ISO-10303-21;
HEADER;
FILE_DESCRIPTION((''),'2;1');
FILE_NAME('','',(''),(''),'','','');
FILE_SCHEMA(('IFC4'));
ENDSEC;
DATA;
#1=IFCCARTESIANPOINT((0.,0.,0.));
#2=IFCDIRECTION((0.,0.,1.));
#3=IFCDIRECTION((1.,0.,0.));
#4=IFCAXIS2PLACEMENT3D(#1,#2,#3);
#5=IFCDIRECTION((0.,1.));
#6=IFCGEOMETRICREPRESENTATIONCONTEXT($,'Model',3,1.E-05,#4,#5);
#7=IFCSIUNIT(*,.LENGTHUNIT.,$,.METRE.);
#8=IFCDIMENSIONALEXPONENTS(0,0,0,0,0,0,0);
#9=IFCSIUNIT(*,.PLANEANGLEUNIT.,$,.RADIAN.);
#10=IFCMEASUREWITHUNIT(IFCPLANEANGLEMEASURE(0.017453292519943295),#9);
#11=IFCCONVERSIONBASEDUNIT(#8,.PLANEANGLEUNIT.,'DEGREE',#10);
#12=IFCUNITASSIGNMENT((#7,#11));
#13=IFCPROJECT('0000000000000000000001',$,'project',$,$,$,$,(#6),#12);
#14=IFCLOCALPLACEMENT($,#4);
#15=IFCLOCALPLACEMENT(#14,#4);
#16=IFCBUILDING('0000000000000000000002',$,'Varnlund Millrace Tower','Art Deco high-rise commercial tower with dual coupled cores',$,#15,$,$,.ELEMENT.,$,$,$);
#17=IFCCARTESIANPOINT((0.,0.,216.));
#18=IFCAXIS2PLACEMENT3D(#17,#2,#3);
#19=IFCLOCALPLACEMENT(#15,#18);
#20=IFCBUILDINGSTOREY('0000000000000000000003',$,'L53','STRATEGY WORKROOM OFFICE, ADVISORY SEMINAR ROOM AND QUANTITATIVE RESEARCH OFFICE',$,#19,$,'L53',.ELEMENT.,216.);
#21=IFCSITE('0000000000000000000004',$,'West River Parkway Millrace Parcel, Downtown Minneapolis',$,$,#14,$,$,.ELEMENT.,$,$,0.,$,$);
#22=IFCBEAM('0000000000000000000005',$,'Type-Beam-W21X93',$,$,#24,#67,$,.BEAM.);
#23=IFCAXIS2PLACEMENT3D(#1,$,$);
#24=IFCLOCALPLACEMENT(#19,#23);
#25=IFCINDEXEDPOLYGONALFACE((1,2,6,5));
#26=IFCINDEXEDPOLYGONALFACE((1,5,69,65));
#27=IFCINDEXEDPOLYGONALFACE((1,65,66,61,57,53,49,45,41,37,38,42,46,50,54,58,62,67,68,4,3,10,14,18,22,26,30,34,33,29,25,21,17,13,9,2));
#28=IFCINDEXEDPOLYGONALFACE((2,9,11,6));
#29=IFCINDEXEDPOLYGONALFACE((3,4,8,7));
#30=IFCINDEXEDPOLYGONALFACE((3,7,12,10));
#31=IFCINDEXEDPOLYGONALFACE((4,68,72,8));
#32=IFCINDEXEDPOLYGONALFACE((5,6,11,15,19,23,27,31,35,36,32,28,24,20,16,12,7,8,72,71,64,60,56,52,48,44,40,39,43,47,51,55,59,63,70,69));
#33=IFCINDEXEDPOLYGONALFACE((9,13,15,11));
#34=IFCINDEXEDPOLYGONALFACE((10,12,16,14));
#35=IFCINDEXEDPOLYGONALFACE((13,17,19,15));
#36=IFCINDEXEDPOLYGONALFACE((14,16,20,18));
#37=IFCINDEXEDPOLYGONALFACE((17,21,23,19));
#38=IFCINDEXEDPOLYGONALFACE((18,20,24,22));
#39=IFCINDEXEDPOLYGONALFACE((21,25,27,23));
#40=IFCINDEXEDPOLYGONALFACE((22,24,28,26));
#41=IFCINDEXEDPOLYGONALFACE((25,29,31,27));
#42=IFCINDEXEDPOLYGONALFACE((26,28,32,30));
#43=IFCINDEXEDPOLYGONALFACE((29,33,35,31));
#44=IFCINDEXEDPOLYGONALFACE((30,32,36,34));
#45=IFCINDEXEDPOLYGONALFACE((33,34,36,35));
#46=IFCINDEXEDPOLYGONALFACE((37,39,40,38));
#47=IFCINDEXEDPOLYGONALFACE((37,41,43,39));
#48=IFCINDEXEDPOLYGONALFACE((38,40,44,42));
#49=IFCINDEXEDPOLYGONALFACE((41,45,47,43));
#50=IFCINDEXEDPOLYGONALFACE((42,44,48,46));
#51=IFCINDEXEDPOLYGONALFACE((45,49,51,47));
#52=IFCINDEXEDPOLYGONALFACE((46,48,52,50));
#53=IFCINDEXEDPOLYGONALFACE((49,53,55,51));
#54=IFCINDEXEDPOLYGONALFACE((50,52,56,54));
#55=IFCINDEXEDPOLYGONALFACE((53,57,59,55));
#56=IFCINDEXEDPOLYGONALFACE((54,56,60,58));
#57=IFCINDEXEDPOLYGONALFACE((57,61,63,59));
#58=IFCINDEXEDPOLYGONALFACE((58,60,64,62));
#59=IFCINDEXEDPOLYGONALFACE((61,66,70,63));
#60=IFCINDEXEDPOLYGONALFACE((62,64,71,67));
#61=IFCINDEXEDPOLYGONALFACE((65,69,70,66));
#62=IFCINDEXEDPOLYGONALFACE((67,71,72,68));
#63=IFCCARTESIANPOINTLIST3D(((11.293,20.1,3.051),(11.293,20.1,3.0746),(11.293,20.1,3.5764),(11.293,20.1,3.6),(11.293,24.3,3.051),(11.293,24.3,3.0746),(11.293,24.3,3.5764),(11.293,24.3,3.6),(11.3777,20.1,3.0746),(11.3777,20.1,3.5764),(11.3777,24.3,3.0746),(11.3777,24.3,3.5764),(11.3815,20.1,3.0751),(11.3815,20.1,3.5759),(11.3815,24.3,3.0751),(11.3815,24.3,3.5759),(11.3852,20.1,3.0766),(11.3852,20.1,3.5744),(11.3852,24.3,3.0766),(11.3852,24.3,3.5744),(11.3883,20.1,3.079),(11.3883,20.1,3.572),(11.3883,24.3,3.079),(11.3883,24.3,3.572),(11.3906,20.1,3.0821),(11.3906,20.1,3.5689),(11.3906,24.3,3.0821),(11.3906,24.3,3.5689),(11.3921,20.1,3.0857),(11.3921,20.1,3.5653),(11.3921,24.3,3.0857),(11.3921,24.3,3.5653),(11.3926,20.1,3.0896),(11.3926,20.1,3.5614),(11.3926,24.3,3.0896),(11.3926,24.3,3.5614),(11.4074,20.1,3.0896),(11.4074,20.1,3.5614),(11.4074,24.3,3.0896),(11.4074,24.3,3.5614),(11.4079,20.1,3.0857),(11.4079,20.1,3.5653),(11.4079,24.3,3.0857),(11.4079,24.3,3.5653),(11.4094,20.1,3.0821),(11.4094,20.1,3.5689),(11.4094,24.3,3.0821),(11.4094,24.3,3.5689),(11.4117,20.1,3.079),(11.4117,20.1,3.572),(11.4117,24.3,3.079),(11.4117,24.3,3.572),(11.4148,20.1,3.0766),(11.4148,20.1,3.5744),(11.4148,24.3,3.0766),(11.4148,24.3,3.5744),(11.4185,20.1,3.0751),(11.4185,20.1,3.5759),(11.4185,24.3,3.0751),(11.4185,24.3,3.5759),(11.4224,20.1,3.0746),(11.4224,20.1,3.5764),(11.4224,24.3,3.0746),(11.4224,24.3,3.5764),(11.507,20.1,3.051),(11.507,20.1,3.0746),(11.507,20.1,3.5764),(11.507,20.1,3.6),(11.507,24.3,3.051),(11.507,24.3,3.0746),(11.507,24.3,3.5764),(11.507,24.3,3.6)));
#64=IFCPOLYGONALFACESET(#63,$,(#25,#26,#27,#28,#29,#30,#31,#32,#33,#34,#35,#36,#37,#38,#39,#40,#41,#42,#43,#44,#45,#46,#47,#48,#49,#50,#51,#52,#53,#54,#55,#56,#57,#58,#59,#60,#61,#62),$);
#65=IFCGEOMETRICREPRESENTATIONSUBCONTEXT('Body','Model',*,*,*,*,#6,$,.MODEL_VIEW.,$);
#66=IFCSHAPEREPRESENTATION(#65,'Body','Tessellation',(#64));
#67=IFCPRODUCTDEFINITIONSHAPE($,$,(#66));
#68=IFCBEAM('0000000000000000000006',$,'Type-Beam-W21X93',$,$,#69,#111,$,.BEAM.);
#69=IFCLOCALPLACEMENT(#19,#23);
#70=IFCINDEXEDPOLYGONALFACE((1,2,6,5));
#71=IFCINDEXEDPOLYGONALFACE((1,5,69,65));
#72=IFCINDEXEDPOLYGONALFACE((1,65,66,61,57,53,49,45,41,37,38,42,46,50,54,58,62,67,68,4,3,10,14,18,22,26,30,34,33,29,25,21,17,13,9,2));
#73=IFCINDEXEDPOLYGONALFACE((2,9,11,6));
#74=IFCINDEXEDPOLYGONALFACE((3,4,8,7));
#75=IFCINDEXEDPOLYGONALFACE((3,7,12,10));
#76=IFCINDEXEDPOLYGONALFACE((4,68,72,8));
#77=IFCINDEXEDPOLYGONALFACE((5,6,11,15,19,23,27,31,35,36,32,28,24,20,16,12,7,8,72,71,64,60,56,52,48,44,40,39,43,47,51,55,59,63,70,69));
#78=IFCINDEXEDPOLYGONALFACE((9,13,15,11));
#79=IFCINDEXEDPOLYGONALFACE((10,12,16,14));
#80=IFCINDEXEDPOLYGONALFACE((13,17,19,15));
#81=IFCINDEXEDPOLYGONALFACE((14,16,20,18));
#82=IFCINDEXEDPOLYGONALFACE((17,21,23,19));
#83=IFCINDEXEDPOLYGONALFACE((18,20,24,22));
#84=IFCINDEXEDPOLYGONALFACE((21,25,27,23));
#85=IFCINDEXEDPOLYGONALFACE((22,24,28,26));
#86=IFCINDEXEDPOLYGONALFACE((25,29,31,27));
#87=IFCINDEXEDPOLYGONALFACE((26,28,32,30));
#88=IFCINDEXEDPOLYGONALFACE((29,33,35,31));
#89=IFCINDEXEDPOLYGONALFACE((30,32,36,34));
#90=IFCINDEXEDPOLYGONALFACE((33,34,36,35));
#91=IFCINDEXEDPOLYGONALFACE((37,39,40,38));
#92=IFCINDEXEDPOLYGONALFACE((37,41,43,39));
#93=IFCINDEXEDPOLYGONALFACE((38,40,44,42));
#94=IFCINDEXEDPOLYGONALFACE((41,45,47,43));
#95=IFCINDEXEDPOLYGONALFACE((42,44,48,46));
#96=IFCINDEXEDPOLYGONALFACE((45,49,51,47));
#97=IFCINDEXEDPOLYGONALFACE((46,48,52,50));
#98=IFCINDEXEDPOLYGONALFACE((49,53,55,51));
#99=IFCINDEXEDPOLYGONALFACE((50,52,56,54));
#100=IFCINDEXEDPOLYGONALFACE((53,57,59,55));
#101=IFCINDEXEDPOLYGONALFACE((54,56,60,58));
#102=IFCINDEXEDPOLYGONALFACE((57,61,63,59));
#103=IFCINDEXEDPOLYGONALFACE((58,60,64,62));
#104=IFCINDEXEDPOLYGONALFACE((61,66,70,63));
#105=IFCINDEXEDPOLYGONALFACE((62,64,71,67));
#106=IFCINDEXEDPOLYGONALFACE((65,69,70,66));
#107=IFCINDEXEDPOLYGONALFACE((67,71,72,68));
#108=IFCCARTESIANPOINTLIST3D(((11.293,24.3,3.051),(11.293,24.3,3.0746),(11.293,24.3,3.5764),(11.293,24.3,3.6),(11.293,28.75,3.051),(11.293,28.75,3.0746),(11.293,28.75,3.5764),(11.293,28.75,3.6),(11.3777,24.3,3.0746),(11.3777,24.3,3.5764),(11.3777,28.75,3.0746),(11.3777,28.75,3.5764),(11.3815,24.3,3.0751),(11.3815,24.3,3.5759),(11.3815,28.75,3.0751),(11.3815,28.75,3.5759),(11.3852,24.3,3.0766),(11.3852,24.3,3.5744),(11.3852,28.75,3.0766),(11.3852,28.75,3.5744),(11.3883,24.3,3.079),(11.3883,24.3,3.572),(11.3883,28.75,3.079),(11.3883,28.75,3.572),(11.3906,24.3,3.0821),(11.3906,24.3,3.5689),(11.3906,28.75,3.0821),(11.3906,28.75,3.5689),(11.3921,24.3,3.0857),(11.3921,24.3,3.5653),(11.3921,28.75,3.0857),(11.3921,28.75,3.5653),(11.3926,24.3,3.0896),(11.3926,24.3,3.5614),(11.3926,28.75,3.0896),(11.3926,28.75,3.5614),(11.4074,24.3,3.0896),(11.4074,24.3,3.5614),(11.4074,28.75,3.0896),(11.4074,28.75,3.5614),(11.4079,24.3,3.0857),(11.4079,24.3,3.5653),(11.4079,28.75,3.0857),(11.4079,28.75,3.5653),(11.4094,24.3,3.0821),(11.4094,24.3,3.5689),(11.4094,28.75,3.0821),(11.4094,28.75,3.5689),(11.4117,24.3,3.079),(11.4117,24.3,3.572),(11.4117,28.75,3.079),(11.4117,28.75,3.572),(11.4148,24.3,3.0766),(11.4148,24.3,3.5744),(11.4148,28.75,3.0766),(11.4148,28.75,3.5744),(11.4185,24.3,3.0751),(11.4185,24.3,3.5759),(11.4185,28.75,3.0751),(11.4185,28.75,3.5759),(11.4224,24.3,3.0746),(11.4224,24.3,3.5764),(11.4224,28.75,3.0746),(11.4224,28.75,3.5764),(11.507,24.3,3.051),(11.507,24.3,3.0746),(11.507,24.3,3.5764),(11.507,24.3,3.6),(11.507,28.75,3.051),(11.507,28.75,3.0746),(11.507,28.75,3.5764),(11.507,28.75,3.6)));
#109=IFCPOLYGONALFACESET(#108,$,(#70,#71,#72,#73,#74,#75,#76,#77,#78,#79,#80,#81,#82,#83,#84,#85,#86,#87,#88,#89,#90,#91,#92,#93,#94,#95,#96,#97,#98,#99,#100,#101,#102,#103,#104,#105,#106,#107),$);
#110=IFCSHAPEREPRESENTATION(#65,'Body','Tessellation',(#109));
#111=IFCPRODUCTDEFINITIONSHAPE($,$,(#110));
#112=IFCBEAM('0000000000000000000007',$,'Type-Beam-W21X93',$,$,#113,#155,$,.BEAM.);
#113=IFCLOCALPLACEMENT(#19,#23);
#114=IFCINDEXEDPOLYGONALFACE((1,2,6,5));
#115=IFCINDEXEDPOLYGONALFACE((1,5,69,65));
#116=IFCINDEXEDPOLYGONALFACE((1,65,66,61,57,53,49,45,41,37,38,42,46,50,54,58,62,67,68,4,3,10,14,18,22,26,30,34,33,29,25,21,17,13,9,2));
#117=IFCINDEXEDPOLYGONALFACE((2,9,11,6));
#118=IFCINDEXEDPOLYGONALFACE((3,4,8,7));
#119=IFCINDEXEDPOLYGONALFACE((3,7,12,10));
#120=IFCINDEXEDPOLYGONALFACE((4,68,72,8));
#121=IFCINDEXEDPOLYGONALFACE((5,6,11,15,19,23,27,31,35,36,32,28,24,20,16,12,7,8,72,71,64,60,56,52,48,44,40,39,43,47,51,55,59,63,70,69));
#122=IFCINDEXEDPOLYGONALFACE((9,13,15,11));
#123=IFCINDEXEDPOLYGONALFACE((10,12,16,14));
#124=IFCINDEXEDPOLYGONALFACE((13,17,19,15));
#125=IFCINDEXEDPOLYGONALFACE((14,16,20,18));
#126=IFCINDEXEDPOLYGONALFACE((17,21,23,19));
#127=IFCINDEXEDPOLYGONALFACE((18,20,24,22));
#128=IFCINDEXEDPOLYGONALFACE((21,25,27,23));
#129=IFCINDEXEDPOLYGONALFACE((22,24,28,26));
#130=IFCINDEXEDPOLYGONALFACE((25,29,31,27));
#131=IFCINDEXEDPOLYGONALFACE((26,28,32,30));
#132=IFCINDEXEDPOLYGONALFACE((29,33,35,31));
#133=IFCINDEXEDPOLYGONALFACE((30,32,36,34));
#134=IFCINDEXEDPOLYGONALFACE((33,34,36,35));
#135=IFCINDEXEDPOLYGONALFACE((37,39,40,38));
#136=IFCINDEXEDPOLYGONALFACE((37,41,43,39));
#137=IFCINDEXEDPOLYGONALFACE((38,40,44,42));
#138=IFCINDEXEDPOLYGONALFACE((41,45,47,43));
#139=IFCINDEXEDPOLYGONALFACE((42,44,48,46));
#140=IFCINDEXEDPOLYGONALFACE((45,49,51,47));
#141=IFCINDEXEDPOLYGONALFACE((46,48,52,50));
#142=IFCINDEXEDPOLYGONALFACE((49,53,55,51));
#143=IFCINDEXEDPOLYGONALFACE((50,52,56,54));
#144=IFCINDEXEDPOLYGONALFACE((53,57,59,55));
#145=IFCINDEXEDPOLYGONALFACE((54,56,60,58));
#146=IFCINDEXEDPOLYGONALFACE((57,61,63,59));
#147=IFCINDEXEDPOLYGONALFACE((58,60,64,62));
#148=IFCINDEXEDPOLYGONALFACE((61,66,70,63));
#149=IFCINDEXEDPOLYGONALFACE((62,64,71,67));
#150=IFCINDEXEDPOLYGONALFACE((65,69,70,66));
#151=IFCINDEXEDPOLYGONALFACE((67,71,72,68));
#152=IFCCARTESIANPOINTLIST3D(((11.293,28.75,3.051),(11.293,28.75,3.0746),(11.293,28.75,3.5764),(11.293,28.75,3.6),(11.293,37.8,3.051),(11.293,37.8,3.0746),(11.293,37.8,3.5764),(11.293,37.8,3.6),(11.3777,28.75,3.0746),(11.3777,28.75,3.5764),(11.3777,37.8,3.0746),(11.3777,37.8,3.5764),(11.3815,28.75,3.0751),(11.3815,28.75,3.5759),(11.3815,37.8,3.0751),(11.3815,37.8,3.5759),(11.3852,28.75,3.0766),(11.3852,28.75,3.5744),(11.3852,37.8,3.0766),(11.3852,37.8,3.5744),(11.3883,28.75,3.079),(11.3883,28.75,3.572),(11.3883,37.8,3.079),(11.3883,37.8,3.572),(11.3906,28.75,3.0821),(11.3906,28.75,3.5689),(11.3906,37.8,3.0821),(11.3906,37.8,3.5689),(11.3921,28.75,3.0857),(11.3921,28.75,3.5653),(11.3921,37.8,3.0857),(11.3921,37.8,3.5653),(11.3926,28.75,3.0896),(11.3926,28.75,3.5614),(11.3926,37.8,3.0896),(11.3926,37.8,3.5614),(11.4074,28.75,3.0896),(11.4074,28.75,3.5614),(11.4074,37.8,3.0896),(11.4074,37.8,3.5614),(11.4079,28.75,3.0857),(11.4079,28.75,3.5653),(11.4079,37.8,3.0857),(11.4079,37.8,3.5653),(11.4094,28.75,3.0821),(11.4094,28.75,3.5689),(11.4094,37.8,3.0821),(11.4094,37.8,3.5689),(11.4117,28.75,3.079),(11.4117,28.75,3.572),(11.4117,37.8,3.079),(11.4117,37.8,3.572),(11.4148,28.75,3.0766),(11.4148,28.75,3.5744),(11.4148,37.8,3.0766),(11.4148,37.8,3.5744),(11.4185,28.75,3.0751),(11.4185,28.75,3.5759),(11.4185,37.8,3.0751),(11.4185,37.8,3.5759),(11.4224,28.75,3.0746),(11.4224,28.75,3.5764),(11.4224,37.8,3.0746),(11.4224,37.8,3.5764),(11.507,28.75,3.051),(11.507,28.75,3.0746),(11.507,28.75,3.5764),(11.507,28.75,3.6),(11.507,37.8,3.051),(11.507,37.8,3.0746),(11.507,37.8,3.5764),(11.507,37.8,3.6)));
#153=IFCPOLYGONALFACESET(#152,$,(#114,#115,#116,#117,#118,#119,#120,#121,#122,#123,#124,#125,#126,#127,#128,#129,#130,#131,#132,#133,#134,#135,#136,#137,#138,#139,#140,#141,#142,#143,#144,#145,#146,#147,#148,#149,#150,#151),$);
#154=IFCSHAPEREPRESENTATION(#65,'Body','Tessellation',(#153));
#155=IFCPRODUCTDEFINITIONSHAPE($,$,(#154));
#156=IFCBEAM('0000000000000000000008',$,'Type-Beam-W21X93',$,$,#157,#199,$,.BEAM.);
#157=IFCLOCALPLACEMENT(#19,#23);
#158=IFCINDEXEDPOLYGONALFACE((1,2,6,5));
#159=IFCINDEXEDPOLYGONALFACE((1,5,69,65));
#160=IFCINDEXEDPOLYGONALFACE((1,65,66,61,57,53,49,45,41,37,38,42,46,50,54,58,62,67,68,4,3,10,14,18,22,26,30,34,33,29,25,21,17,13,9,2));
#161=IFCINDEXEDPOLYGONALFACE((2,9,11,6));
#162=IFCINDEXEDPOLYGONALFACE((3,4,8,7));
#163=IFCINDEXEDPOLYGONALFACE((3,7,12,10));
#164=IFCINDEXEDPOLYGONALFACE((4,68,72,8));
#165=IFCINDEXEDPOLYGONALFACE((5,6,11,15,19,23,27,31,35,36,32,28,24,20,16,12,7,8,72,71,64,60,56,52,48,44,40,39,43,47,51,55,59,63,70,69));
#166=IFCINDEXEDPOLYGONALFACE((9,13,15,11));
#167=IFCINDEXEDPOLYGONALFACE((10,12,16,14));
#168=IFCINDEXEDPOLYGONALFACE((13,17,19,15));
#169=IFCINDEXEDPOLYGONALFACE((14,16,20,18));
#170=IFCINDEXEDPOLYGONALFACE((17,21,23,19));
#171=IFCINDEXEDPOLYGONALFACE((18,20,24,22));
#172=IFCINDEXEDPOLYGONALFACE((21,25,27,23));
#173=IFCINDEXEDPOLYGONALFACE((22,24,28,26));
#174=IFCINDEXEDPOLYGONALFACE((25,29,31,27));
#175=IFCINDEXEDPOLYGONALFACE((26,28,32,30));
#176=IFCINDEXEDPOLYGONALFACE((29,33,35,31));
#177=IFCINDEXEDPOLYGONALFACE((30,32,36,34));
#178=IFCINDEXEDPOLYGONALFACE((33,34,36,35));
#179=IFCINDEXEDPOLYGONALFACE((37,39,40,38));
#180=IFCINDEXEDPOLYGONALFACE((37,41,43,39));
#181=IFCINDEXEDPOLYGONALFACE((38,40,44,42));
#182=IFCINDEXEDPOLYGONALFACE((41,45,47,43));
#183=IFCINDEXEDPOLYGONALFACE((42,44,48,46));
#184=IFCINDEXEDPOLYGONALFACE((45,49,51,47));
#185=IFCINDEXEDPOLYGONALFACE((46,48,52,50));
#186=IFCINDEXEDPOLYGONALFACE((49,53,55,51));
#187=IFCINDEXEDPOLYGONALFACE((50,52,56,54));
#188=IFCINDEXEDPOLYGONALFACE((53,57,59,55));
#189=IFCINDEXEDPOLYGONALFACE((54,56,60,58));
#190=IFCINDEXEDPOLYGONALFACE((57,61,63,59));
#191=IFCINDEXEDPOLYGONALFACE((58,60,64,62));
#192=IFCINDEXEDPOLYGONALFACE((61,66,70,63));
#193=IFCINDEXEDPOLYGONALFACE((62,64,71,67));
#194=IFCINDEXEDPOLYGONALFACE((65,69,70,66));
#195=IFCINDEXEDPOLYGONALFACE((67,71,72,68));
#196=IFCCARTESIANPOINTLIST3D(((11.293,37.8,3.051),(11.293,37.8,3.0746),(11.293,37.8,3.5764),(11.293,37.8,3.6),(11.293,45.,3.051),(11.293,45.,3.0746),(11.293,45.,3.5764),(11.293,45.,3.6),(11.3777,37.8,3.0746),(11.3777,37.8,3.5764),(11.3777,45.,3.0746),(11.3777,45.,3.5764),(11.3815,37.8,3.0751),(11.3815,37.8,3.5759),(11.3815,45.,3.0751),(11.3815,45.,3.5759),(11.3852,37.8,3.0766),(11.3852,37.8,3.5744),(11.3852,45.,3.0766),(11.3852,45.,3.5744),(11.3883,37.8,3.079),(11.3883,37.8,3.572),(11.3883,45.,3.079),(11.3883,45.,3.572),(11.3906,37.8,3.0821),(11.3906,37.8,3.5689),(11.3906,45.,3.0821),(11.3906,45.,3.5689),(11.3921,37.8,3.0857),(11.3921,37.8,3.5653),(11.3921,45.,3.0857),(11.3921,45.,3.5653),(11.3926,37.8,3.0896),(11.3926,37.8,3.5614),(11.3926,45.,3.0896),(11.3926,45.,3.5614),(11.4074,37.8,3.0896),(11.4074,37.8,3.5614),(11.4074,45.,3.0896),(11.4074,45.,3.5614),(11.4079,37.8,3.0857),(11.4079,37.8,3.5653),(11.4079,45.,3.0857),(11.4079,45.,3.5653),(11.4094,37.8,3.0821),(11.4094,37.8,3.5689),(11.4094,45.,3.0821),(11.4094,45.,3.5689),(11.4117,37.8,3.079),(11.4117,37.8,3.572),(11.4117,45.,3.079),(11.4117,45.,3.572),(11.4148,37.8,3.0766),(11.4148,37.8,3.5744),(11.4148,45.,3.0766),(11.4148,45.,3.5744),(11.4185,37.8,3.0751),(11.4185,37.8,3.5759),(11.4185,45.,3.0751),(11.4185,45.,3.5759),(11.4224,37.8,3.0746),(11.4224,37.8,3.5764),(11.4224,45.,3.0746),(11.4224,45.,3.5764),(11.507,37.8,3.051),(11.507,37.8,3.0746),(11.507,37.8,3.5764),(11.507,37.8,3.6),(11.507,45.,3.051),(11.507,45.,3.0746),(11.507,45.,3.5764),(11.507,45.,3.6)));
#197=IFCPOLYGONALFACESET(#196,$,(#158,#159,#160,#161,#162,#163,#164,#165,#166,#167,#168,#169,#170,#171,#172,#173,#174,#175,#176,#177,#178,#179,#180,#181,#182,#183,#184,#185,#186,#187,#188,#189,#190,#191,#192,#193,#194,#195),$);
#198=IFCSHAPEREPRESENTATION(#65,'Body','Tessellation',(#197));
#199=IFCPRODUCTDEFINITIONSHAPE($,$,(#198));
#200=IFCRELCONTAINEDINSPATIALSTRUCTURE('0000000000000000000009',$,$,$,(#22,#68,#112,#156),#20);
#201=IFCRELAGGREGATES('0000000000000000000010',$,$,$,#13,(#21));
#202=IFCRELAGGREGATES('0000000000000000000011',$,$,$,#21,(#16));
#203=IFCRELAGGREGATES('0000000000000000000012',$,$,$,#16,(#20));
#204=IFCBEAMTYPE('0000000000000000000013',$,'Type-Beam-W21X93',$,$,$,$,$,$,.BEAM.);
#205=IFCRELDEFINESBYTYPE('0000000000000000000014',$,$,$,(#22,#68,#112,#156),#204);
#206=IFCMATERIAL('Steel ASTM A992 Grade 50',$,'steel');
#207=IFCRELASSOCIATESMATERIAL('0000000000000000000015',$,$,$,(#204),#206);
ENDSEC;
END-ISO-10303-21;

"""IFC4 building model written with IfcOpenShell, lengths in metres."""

from ifc_helpers import new_model, entity, si_unit, converted_unit, direction, frame, origin_with_axes, origin_2d_with_axis, place, context, subcontext, project, spatial, i_section, extrude, material, material_profile, profile_set, type_object, element, save


model = new_model("IFC4")

# Units and contexts
model_context = context("Model", 3, precision=1e-05, world=origin_with_axes(), true_north=direction((0.0, 1.0)))
body_context = subcontext(model_context, "Body", "Model", "MODEL_VIEW")
ifc_project = project(units=[si_unit("LENGTHUNIT", "METRE"), converted_unit("PLANEANGLEUNIT", "DEGREE", entity("IfcPlaneAngleMeasure", 0.017453292519943295), si_unit("PLANEANGLEUNIT", "RADIAN"), dimensions=[0, 0, 0, 0, 0, 0, 0])], contexts=[model_context])

# Site, building, storey
site_placement = place(None, origin_with_axes())
site = spatial("IfcSite", under=ifc_project, at=site_placement, Name="West River Parkway Millrace Parcel, Downtown Minneapolis", CompositionType="ELEMENT", RefElevation=0.0)
building_placement = place(site_placement, origin_with_axes())
building = spatial("IfcBuilding", under=site, at=building_placement, Name="Varnlund Millrace Tower", Description="Art Deco high-rise commercial tower with dual coupled cores", CompositionType="ELEMENT")
storey_placement = place(building_placement, frame((0.0, 0.0, 216.0), z_axis=(0.0, 0.0, 1.0), x_axis=(1.0, 0.0, 0.0)))
storey = spatial("IfcBuildingStorey", under=building, at=storey_placement, Name="L53", Description="STRATEGY WORKROOM OFFICE, ADVISORY SEMINAR ROOM AND QUANTITATIVE RESEARCH OFFICE", LongName="L53", CompositionType="ELEMENT", Elevation=216.0)

# Beams
ifc_material_1 = material(Name="Steel ASTM A992 Grade 50", Category="steel")
ifc_material_profile_1 = material_profile(ifc_material_1, i_section(OverallWidth=0.214, OverallDepth=0.549, WebThickness=0.0147, FlangeThickness=0.0236, FilletRadius=0.015, at=origin_2d_with_axis()), Name="Steel ASTM A992 Grade 50")
ifc_profile_set_1 = profile_set([ifc_material_profile_1], Name="Steel ASTM A992 Grade 50")
beam_type_1 = type_object("IfcBeamType", Name="Type-Beam-W21X93", PredefinedType="BEAM", material=ifc_profile_set_1)
beam_1_placement = place(storey_placement, frame((11.4, 20.1, 3.3255), z_axis=(0.0, 1.0, 0.0), x_axis=(-1.0, 0.0, 0.0)))
element("IfcBeam", 1, at=beam_1_placement, inside=storey, type_object=beam_type_1, Name="Type-Beam-W21X93", PredefinedType="BEAM", context=body_context, shape_type="SweptSolid", body=[
    extrude(i_section(OverallWidth=0.214, OverallDepth=0.549, WebThickness=0.0147, FlangeThickness=0.0236, FilletRadius=0.015, at=origin_2d_with_axis()), origin_with_axes(), (0.0, 0.0, 1.0), 4.2),
])
beam_2_placement = place(storey_placement, frame((11.4, 24.3, 3.3255), z_axis=(0.0, 1.0, 0.0), x_axis=(-1.0, 0.0, 0.0)))
element("IfcBeam", 2, at=beam_2_placement, inside=storey, type_object=beam_type_1, Name="Type-Beam-W21X93", PredefinedType="BEAM", context=body_context, shape_type="SweptSolid", body=[
    extrude(i_section(OverallWidth=0.214, OverallDepth=0.549, WebThickness=0.0147, FlangeThickness=0.0236, FilletRadius=0.015, at=origin_2d_with_axis()), origin_with_axes(), (0.0, 0.0, 1.0), 4.45),
])
beam_3_placement = place(storey_placement, frame((11.4, 28.75, 3.3255), z_axis=(0.0, 1.0, 0.0), x_axis=(-1.0, 0.0, 0.0)))
element("IfcBeam", 3, at=beam_3_placement, inside=storey, type_object=beam_type_1, Name="Type-Beam-W21X93", PredefinedType="BEAM", context=body_context, shape_type="SweptSolid", body=[
    extrude(i_section(OverallWidth=0.214, OverallDepth=0.549, WebThickness=0.0147, FlangeThickness=0.0236, FilletRadius=0.015, at=origin_2d_with_axis()), origin_with_axes(), (0.0, 0.0, 1.0), 9.05),
])
beam_4_placement = place(storey_placement, frame((11.4, 37.8, 3.3255), z_axis=(0.0, 1.0, 0.0), x_axis=(-1.0, 0.0, 0.0)))
element("IfcBeam", 4, at=beam_4_placement, inside=storey, type_object=beam_type_1, Name="Type-Beam-W21X93", PredefinedType="BEAM", context=body_context, shape_type="SweptSolid", body=[
    extrude(i_section(OverallWidth=0.214, OverallDepth=0.549, WebThickness=0.0147, FlangeThickness=0.0236, FilletRadius=0.015, at=origin_2d_with_axis()), origin_with_axes(), (0.0, 0.0, 1.0), 7.2),
])

save(model, "model.ifc")
